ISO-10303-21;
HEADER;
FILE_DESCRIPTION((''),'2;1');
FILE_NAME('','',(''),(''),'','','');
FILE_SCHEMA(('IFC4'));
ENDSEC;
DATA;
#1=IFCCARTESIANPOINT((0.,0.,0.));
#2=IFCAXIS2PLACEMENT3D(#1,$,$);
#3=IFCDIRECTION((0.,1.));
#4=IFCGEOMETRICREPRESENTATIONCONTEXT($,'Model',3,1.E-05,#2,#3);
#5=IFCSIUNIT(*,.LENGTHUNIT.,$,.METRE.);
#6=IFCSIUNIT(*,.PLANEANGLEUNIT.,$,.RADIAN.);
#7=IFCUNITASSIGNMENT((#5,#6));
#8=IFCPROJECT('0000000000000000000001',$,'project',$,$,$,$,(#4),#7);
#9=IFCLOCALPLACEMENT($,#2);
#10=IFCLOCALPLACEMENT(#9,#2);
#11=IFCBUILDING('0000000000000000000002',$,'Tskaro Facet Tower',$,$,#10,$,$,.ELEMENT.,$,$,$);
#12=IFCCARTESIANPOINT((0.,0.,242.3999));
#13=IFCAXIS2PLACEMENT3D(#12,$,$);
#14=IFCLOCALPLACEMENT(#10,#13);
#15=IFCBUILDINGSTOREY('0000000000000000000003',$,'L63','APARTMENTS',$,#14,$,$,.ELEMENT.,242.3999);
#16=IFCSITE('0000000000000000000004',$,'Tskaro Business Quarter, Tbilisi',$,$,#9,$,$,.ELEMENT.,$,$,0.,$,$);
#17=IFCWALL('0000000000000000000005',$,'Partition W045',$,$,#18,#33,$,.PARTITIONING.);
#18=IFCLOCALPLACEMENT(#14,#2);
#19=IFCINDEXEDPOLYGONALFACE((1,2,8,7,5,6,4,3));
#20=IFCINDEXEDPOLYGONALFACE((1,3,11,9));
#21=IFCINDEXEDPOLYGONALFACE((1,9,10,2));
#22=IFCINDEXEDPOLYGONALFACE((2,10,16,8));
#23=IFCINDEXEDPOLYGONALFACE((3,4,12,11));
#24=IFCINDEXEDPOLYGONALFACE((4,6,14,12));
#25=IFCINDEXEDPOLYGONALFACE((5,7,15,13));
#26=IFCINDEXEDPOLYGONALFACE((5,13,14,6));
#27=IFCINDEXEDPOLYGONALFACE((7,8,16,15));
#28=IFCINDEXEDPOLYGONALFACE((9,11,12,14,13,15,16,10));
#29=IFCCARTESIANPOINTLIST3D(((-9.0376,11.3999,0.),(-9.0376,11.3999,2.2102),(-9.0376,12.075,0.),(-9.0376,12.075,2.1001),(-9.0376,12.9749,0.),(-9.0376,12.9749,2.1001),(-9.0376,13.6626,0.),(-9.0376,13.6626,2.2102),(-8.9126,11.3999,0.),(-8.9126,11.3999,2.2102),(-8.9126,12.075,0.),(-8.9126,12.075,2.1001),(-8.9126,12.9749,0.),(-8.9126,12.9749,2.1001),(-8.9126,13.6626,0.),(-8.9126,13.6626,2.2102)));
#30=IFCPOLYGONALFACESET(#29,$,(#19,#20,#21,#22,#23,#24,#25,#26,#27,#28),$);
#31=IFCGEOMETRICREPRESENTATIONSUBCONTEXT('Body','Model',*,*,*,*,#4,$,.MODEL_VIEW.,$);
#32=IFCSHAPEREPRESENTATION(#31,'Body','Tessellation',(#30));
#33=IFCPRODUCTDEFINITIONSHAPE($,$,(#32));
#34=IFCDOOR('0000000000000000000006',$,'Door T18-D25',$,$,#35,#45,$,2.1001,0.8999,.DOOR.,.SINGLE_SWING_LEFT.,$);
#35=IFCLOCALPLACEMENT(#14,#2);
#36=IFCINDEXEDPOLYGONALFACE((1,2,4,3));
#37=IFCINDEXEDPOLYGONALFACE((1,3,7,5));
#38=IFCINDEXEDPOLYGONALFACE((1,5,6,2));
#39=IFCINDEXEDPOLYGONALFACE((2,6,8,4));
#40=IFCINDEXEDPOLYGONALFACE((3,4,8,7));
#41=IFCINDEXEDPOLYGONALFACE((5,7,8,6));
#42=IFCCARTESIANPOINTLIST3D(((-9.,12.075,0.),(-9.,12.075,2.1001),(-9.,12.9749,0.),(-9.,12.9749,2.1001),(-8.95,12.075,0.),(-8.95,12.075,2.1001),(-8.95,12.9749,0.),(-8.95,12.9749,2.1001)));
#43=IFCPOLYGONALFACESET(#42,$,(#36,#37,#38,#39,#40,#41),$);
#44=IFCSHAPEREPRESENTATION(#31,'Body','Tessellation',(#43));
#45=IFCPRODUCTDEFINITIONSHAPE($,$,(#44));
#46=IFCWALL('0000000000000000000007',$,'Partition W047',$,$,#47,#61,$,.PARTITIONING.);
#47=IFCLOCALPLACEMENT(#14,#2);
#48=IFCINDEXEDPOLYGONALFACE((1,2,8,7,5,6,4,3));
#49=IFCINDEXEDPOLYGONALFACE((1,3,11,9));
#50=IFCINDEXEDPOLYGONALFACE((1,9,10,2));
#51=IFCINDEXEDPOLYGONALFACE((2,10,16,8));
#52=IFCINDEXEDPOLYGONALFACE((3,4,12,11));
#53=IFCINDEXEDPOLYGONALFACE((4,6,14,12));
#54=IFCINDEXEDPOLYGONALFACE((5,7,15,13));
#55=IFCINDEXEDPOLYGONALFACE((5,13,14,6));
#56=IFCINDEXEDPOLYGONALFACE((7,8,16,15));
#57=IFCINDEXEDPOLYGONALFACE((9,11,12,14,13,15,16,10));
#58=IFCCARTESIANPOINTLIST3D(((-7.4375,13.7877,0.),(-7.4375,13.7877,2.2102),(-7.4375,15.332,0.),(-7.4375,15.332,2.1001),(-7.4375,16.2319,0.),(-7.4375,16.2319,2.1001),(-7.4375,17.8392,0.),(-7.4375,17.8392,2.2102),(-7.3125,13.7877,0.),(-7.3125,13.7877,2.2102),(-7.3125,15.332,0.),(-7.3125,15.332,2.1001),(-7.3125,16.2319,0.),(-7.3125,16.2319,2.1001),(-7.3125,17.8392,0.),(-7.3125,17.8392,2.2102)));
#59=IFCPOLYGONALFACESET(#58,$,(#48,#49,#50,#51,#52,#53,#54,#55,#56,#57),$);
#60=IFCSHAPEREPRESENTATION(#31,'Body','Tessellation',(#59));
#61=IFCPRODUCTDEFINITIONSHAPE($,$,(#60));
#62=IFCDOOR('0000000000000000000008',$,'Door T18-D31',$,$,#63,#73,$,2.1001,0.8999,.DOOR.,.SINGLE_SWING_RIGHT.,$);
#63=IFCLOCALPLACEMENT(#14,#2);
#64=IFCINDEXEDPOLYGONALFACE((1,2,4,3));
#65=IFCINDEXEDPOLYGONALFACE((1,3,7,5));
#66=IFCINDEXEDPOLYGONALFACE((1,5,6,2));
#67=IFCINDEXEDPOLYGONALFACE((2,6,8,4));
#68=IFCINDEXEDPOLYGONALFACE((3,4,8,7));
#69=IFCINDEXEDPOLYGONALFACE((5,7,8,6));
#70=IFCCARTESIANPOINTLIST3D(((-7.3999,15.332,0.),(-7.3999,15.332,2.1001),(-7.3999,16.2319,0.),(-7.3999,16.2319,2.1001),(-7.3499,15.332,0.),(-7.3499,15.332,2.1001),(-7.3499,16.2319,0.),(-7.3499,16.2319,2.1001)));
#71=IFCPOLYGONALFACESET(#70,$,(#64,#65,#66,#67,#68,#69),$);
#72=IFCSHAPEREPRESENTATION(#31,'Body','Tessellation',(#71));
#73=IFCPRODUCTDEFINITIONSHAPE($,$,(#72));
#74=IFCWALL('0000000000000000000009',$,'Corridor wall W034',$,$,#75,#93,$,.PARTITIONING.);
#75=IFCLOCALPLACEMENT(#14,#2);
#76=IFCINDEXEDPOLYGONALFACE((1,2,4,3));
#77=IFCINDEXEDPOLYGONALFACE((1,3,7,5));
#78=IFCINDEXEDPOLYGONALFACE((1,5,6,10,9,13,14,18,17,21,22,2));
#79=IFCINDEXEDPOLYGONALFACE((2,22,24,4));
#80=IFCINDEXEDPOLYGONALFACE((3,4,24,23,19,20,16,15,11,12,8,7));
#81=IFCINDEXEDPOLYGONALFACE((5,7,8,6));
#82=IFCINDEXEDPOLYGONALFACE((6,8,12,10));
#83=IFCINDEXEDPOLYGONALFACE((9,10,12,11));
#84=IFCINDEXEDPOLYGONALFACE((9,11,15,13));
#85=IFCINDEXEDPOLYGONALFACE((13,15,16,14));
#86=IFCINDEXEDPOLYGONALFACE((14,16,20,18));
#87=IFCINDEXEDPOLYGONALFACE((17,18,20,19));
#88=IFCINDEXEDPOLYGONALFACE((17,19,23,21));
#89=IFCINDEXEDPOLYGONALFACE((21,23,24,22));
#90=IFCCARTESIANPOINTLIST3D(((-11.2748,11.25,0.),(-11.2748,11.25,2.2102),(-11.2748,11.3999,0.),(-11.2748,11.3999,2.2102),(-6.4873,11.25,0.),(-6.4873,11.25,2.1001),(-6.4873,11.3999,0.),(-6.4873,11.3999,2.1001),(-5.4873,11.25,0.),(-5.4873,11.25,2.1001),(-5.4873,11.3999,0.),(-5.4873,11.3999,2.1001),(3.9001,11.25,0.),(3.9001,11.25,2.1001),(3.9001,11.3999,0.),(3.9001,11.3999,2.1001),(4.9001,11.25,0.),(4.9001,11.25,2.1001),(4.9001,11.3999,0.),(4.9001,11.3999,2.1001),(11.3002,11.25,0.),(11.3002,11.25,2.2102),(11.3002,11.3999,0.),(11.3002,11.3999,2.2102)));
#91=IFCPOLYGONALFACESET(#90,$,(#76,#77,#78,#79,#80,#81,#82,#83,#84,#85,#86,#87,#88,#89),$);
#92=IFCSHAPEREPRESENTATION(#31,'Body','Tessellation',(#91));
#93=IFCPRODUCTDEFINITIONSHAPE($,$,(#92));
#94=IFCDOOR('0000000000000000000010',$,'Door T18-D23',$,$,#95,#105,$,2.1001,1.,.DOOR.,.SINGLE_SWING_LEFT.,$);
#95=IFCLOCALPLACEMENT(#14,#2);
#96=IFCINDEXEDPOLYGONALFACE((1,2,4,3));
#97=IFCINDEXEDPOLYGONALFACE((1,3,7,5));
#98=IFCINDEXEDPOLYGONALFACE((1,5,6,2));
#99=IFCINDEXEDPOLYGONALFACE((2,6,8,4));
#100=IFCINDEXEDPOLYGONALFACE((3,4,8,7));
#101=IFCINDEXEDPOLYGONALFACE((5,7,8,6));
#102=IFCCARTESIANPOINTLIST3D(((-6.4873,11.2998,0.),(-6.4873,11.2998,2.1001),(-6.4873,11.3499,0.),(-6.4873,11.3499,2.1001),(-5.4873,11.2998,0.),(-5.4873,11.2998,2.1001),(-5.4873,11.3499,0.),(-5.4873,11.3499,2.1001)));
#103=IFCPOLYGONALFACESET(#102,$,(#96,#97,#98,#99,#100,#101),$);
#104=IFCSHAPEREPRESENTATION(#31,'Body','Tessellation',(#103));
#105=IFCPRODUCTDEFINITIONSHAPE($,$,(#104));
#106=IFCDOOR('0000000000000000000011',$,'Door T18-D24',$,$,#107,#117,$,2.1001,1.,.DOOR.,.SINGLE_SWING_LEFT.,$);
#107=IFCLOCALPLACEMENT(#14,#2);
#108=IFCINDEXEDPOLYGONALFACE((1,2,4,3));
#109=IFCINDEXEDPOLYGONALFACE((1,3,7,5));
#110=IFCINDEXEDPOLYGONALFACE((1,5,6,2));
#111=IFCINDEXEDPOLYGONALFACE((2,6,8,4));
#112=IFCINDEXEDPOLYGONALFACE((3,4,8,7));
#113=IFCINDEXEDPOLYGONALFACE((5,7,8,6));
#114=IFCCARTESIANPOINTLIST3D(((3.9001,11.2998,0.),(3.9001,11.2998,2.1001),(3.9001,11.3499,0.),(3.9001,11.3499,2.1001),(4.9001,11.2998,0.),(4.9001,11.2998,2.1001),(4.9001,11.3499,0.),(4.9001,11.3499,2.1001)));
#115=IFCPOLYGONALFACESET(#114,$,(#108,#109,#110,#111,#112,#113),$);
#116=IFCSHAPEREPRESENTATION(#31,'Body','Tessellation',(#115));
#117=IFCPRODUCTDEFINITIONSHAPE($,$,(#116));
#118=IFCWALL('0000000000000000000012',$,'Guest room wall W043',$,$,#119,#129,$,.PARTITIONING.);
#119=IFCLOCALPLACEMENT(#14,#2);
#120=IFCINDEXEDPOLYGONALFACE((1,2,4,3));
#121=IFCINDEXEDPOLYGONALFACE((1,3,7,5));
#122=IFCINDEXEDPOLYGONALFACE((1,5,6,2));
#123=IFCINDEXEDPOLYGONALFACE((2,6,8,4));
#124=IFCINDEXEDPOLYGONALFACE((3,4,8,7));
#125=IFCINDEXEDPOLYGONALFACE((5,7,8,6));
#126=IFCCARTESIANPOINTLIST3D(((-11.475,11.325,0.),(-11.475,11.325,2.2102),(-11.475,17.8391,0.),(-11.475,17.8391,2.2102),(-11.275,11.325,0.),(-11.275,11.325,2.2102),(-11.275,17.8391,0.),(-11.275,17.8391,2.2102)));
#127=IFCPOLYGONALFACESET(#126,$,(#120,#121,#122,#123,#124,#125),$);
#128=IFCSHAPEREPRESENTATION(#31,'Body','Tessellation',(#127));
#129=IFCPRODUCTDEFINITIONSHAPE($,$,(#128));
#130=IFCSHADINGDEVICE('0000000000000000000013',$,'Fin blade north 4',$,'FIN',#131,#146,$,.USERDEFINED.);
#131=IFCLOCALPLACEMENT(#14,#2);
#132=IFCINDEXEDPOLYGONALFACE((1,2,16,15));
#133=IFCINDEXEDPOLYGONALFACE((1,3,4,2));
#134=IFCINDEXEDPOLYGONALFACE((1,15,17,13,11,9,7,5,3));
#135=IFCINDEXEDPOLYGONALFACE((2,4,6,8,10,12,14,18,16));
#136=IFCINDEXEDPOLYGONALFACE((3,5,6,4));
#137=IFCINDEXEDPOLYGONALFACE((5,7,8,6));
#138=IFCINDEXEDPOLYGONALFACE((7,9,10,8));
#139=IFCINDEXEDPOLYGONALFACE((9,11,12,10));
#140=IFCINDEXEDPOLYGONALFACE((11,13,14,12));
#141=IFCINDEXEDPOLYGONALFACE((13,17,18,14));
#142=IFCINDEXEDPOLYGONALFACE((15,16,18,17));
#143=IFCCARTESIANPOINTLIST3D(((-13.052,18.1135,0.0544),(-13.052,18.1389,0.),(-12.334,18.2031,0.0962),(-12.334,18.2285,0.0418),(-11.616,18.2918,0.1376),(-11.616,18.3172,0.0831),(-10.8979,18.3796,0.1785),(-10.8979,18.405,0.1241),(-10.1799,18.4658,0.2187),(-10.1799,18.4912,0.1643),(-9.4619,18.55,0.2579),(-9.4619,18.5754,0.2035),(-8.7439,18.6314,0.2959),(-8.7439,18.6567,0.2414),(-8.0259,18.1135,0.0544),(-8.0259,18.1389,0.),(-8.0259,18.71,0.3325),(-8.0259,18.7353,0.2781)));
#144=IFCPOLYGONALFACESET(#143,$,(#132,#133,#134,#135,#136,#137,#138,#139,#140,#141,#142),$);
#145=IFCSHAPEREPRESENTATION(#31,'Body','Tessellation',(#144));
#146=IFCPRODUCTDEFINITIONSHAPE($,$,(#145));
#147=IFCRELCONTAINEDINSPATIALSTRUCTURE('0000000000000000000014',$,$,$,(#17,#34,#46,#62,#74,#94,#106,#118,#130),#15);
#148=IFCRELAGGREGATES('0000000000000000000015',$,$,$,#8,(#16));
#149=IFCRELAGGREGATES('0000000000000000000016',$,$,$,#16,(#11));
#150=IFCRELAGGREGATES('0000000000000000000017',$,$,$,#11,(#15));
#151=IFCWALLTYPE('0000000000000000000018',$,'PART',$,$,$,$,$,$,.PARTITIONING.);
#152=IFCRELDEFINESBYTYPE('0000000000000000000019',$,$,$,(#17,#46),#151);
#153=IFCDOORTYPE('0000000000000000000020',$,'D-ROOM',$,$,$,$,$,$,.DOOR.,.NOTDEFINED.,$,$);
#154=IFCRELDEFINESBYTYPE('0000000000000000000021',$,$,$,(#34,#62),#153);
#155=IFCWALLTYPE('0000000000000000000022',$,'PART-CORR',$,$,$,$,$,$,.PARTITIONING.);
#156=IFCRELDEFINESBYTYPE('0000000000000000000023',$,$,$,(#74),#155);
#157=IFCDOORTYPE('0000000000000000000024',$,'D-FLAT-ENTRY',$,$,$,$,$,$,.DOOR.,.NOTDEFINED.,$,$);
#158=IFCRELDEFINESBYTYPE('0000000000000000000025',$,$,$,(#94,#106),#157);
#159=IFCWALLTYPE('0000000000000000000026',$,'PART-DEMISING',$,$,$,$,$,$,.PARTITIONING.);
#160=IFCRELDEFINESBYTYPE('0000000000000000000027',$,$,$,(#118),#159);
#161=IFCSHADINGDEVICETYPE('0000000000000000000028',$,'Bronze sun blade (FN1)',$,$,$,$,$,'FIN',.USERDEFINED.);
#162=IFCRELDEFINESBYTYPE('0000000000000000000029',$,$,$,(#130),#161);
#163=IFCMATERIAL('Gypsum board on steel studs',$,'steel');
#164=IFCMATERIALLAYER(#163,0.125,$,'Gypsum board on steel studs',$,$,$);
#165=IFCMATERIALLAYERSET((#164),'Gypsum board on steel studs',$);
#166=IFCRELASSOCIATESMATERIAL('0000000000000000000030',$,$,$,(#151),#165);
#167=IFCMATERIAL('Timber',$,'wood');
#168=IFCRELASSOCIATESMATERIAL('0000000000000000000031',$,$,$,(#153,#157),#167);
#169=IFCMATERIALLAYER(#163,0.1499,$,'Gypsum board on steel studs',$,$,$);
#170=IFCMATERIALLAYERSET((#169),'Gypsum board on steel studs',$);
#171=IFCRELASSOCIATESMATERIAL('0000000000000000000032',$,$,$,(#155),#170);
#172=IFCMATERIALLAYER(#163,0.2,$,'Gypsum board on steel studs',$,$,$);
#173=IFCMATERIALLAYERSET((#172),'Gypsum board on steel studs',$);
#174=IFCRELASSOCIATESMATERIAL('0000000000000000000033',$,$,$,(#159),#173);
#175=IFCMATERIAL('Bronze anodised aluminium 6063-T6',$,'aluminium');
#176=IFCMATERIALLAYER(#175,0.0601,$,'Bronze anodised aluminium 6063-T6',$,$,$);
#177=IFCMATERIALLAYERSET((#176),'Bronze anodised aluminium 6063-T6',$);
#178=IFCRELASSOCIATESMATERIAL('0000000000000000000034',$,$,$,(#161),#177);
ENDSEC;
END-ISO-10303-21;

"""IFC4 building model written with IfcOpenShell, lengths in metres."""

from ifc_helpers import new_model, si_unit, direction, frame, frame_2d, origin, place, context, subcontext, project, spatial, polyline, rectangle, outline, extrude, material, layer, layer_set, type_object, element, fill, save


model = new_model("IFC4")

# Units and contexts
model_context = context("Model", 3, precision=1e-05, world=origin(), true_north=direction((0.0, 1.0)))
body_context = subcontext(model_context, "Body", "Model", "MODEL_VIEW")
ifc_project = project(units=[si_unit("LENGTHUNIT", "METRE"), si_unit("PLANEANGLEUNIT", "RADIAN")], contexts=[model_context])

# Site, building, storey
site_placement = place(None, origin())
site = spatial("IfcSite", under=ifc_project, at=site_placement, Name="Tskaro Business Quarter, Tbilisi", CompositionType="ELEMENT", RefElevation=0.0)
building_placement = place(site_placement, origin())
building = spatial("IfcBuilding", under=site, at=building_placement, Name="Tskaro Facet Tower", CompositionType="ELEMENT")
storey_placement = place(building_placement, frame((0.0, 0.0, 242.3999)))
storey = spatial("IfcBuildingStorey", under=building, at=storey_placement, Name="L63", Description="APARTMENTS", CompositionType="ELEMENT", Elevation=242.3999)

# Shared definitions
ifc_material_1 = material(Name="Bronze anodised aluminium 6063-T6", Category="aluminium")

# Shared definitions
ifc_material_2 = material(Name="Gypsum board on steel studs", Category="steel")
ifc_layer_1 = layer(ifc_material_2, 0.125, Name="Gypsum board on steel studs")
ifc_layer_set_1 = layer_set([ifc_layer_1], Name="Gypsum board on steel studs")
wall_type_1 = type_object("IfcWallType", Name="PART", PredefinedType="PARTITIONING", material=ifc_layer_set_1)

# Walls, openings, doors
wall_1_placement = place(storey_placement, frame((-8.9751, 11.3999, 0.0), z_axis=(0.0, 0.0, 1.0), x_axis=(0.0, 1.0, 0.0)))
wall_1 = element("IfcWall", 1, at=wall_1_placement, inside=storey, type_object=wall_type_1, Name="Partition W045", PredefinedType="PARTITIONING", context=body_context, shape_type="SweptSolid", body=[
    extrude(rectangle(XDim=2.2627, YDim=0.125, at=frame_2d((1.1313, 0.0))), origin(), (0.0, 0.0, 1.0), 2.2102),
])
opening_1_placement = place(wall_1_placement, frame((0.675, 0.0, 0.0)))
opening_1 = element("IfcOpeningElement", 2, at=opening_1_placement, cuts=wall_1, PredefinedType="OPENING", context=body_context, shape_type="SweptSolid", body=[
    extrude(rectangle(XDim=0.8999, YDim=2.1001, at=frame_2d((0.45, 1.05))), frame((0.0, 0.0725, 0.0), z_axis=(0.0, -1.0, 0.0), x_axis=(1.0, 0.0, 0.0)), (0.0, 0.0, 1.0), 0.145),
])
ifc_material_3 = material(Name="Timber", Category="wood")
door_type_1 = type_object("IfcDoorType", Name="D-ROOM", OperationType="NOTDEFINED", PredefinedType="DOOR", material=ifc_material_3)
door_1_placement = place(opening_1_placement, origin())
door_1 = element("IfcDoor", 3, at=door_1_placement, inside=storey, type_object=door_type_1, Name="Door T18-D25", OperationType="SINGLE_SWING_LEFT", OverallHeight=2.1001, OverallWidth=0.8999, PredefinedType="DOOR", context=body_context, shape_type="SweptSolid", body=[
    extrude(rectangle(XDim=0.8999, YDim=2.1001, at=frame_2d((0.45, 1.05))), frame((0.0, 0.0249, 0.0), z_axis=(0.0, -1.0, 0.0), x_axis=(1.0, 0.0, 0.0)), (0.0, 0.0, 1.0), 0.05),
])
fill(opening_1, door_1)
wall_2_placement = place(storey_placement, frame((-7.375, 13.7876, 0.0), z_axis=(0.0, 0.0, 1.0), x_axis=(0.0, 1.0, 0.0)))
wall_2 = element("IfcWall", 4, at=wall_2_placement, inside=storey, type_object=wall_type_1, Name="Partition W047", PredefinedType="PARTITIONING", context=body_context, shape_type="SweptSolid", body=[
    extrude(rectangle(XDim=4.0515, YDim=0.125, at=frame_2d((2.0259, 0.0))), origin(), (0.0, 0.0, 1.0), 2.2102),
])
opening_2_placement = place(wall_2_placement, frame((1.5444, 0.0, 0.0)))
opening_2 = element("IfcOpeningElement", 5, at=opening_2_placement, cuts=wall_2, PredefinedType="OPENING", context=body_context, shape_type="SweptSolid", body=[
    extrude(rectangle(XDim=0.8999, YDim=2.1001, at=frame_2d((0.45, 1.05))), frame((0.0, 0.0725, 0.0), z_axis=(0.0, -1.0, 0.0), x_axis=(1.0, 0.0, 0.0)), (0.0, 0.0, 1.0), 0.145),
])
door_2_placement = place(opening_2_placement, origin())
door_2 = element("IfcDoor", 6, at=door_2_placement, inside=storey, type_object=door_type_1, Name="Door T18-D31", OperationType="SINGLE_SWING_RIGHT", OverallHeight=2.1001, OverallWidth=0.8999, PredefinedType="DOOR", context=body_context, shape_type="SweptSolid", body=[
    extrude(rectangle(XDim=0.8999, YDim=2.1001, at=frame_2d((0.45, 1.05))), frame((0.0, 0.0249, 0.0), z_axis=(0.0, -1.0, 0.0), x_axis=(1.0, 0.0, 0.0)), (0.0, 0.0, 1.0), 0.05),
])
fill(opening_2, door_2)

# Wall, openings, doors
ifc_layer_2 = layer(ifc_material_2, 0.1499, Name="Gypsum board on steel studs")
ifc_layer_set_2 = layer_set([ifc_layer_2], Name="Gypsum board on steel studs")
wall_type_2 = type_object("IfcWallType", Name="PART-CORR", PredefinedType="PARTITIONING", material=ifc_layer_set_2)
wall_3_placement = place(storey_placement, frame((-11.2749, 11.325, 0.0), z_axis=(0.0, 0.0, 1.0), x_axis=(1.0, 0.0, 0.0)))
wall_3 = element("IfcWall", 7, at=wall_3_placement, inside=storey, type_object=wall_type_2, Name="Corridor wall W034", PredefinedType="PARTITIONING", context=body_context, shape_type="SweptSolid", body=[
    extrude(rectangle(XDim=22.575, YDim=0.1499, at=frame_2d((11.2876, 0.0))), origin(), (0.0, 0.0, 1.0), 2.2102),
])
opening_3_placement = place(wall_3_placement, frame((4.7876, 0.0, 0.0)))
opening_3 = element("IfcOpeningElement", 8, at=opening_3_placement, cuts=wall_3, PredefinedType="OPENING", context=body_context, shape_type="SweptSolid", body=[
    extrude(rectangle(XDim=1.0, YDim=2.1001, at=frame_2d((0.5, 1.05))), frame((0.0, 0.085, 0.0), z_axis=(0.0, -1.0, 0.0), x_axis=(1.0, 0.0, 0.0)), (0.0, 0.0, 1.0), 0.1699),
])
opening_4_placement = place(wall_3_placement, frame((15.175, 0.0, 0.0)))
opening_4 = element("IfcOpeningElement", 9, at=opening_4_placement, cuts=wall_3, PredefinedType="OPENING", context=body_context, shape_type="SweptSolid", body=[
    extrude(rectangle(XDim=1.0, YDim=2.1001, at=frame_2d((0.5, 1.05))), frame((0.0, 0.085, 0.0), z_axis=(0.0, -1.0, 0.0), x_axis=(1.0, 0.0, 0.0)), (0.0, 0.0, 1.0), 0.1699),
])
door_type_2 = type_object("IfcDoorType", Name="D-FLAT-ENTRY", OperationType="NOTDEFINED", PredefinedType="DOOR", material=ifc_material_3)
door_3_placement = place(opening_3_placement, origin())
door_3 = element("IfcDoor", 10, at=door_3_placement, inside=storey, type_object=door_type_2, Name="Door T18-D23", OperationType="SINGLE_SWING_LEFT", OverallHeight=2.1001, OverallWidth=1.0, PredefinedType="DOOR", context=body_context, shape_type="SweptSolid", body=[
    extrude(rectangle(XDim=1.0, YDim=2.1001, at=frame_2d((0.5, 1.05))), frame((0.0, 0.0249, 0.0), z_axis=(0.0, -1.0, 0.0), x_axis=(1.0, 0.0, 0.0)), (0.0, 0.0, 1.0), 0.05),
])
fill(opening_3, door_3)
door_4_placement = place(opening_4_placement, origin())
door_4 = element("IfcDoor", 11, at=door_4_placement, inside=storey, type_object=door_type_2, Name="Door T18-D24", OperationType="SINGLE_SWING_LEFT", OverallHeight=2.1001, OverallWidth=1.0, PredefinedType="DOOR", context=body_context, shape_type="SweptSolid", body=[
    extrude(rectangle(XDim=1.0, YDim=2.1001, at=frame_2d((0.5, 1.05))), frame((0.0, 0.0249, 0.0), z_axis=(0.0, -1.0, 0.0), x_axis=(1.0, 0.0, 0.0)), (0.0, 0.0, 1.0), 0.05),
])
fill(opening_4, door_4)

# Wall
ifc_layer_3 = layer(ifc_material_2, 0.2, Name="Gypsum board on steel studs")
ifc_layer_set_3 = layer_set([ifc_layer_3], Name="Gypsum board on steel studs")
wall_type_3 = type_object("IfcWallType", Name="PART-DEMISING", PredefinedType="PARTITIONING", material=ifc_layer_set_3)
wall_4_placement = place(storey_placement, frame((-11.375, 11.325, 0.0), z_axis=(0.0, 0.0, 1.0), x_axis=(0.0, 1.0, 0.0)))
element("IfcWall", 12, at=wall_4_placement, inside=storey, type_object=wall_type_3, Name="Guest room wall W043", PredefinedType="PARTITIONING", context=body_context, shape_type="SweptSolid", body=[
    extrude(rectangle(XDim=6.5142, YDim=0.2, at=frame_2d((3.2571, 0.0))), origin(), (0.0, 0.0, 1.0), 2.2102),
])

# Shading device
ifc_layer_4 = layer(ifc_material_1, 0.0601, Name="Bronze anodised aluminium 6063-T6")
ifc_layer_set_4 = layer_set([ifc_layer_4], Name="Bronze anodised aluminium 6063-T6")
shading_device_type = type_object("IfcShadingDeviceType", Name="Bronze sun blade (FN1)", ElementType="FIN", PredefinedType="USERDEFINED", material=ifc_layer_set_4)
shading_device_placement = place(storey_placement, frame((-8.0259, 18.1135, 0.0544), z_axis=(0.000001, -0.422568, 0.906331), x_axis=(-1.0, -0.000001, 0.000001)))
element("IfcShadingDevice", 13, at=shading_device_placement, inside=storey, type_object=shading_device_type, Name="Fin blade north 4", ObjectType="FIN", PredefinedType="USERDEFINED", context=body_context, shape_type="SweptSolid", body=[
    extrude(outline(polyline([(0.0, 0.0), (5.0261, 0.0), (4.3081, -0.0988), (3.5901, -0.1967), (2.8721, -0.2936), (2.1541, -0.3887), (1.436, -0.4816), (0.718, -0.5713), (0.0, -0.6581), (0.0, 0.0)])), origin(), (0.0, 0.0, -1.0), 0.0601),
])

save(model, "model.ifc")
